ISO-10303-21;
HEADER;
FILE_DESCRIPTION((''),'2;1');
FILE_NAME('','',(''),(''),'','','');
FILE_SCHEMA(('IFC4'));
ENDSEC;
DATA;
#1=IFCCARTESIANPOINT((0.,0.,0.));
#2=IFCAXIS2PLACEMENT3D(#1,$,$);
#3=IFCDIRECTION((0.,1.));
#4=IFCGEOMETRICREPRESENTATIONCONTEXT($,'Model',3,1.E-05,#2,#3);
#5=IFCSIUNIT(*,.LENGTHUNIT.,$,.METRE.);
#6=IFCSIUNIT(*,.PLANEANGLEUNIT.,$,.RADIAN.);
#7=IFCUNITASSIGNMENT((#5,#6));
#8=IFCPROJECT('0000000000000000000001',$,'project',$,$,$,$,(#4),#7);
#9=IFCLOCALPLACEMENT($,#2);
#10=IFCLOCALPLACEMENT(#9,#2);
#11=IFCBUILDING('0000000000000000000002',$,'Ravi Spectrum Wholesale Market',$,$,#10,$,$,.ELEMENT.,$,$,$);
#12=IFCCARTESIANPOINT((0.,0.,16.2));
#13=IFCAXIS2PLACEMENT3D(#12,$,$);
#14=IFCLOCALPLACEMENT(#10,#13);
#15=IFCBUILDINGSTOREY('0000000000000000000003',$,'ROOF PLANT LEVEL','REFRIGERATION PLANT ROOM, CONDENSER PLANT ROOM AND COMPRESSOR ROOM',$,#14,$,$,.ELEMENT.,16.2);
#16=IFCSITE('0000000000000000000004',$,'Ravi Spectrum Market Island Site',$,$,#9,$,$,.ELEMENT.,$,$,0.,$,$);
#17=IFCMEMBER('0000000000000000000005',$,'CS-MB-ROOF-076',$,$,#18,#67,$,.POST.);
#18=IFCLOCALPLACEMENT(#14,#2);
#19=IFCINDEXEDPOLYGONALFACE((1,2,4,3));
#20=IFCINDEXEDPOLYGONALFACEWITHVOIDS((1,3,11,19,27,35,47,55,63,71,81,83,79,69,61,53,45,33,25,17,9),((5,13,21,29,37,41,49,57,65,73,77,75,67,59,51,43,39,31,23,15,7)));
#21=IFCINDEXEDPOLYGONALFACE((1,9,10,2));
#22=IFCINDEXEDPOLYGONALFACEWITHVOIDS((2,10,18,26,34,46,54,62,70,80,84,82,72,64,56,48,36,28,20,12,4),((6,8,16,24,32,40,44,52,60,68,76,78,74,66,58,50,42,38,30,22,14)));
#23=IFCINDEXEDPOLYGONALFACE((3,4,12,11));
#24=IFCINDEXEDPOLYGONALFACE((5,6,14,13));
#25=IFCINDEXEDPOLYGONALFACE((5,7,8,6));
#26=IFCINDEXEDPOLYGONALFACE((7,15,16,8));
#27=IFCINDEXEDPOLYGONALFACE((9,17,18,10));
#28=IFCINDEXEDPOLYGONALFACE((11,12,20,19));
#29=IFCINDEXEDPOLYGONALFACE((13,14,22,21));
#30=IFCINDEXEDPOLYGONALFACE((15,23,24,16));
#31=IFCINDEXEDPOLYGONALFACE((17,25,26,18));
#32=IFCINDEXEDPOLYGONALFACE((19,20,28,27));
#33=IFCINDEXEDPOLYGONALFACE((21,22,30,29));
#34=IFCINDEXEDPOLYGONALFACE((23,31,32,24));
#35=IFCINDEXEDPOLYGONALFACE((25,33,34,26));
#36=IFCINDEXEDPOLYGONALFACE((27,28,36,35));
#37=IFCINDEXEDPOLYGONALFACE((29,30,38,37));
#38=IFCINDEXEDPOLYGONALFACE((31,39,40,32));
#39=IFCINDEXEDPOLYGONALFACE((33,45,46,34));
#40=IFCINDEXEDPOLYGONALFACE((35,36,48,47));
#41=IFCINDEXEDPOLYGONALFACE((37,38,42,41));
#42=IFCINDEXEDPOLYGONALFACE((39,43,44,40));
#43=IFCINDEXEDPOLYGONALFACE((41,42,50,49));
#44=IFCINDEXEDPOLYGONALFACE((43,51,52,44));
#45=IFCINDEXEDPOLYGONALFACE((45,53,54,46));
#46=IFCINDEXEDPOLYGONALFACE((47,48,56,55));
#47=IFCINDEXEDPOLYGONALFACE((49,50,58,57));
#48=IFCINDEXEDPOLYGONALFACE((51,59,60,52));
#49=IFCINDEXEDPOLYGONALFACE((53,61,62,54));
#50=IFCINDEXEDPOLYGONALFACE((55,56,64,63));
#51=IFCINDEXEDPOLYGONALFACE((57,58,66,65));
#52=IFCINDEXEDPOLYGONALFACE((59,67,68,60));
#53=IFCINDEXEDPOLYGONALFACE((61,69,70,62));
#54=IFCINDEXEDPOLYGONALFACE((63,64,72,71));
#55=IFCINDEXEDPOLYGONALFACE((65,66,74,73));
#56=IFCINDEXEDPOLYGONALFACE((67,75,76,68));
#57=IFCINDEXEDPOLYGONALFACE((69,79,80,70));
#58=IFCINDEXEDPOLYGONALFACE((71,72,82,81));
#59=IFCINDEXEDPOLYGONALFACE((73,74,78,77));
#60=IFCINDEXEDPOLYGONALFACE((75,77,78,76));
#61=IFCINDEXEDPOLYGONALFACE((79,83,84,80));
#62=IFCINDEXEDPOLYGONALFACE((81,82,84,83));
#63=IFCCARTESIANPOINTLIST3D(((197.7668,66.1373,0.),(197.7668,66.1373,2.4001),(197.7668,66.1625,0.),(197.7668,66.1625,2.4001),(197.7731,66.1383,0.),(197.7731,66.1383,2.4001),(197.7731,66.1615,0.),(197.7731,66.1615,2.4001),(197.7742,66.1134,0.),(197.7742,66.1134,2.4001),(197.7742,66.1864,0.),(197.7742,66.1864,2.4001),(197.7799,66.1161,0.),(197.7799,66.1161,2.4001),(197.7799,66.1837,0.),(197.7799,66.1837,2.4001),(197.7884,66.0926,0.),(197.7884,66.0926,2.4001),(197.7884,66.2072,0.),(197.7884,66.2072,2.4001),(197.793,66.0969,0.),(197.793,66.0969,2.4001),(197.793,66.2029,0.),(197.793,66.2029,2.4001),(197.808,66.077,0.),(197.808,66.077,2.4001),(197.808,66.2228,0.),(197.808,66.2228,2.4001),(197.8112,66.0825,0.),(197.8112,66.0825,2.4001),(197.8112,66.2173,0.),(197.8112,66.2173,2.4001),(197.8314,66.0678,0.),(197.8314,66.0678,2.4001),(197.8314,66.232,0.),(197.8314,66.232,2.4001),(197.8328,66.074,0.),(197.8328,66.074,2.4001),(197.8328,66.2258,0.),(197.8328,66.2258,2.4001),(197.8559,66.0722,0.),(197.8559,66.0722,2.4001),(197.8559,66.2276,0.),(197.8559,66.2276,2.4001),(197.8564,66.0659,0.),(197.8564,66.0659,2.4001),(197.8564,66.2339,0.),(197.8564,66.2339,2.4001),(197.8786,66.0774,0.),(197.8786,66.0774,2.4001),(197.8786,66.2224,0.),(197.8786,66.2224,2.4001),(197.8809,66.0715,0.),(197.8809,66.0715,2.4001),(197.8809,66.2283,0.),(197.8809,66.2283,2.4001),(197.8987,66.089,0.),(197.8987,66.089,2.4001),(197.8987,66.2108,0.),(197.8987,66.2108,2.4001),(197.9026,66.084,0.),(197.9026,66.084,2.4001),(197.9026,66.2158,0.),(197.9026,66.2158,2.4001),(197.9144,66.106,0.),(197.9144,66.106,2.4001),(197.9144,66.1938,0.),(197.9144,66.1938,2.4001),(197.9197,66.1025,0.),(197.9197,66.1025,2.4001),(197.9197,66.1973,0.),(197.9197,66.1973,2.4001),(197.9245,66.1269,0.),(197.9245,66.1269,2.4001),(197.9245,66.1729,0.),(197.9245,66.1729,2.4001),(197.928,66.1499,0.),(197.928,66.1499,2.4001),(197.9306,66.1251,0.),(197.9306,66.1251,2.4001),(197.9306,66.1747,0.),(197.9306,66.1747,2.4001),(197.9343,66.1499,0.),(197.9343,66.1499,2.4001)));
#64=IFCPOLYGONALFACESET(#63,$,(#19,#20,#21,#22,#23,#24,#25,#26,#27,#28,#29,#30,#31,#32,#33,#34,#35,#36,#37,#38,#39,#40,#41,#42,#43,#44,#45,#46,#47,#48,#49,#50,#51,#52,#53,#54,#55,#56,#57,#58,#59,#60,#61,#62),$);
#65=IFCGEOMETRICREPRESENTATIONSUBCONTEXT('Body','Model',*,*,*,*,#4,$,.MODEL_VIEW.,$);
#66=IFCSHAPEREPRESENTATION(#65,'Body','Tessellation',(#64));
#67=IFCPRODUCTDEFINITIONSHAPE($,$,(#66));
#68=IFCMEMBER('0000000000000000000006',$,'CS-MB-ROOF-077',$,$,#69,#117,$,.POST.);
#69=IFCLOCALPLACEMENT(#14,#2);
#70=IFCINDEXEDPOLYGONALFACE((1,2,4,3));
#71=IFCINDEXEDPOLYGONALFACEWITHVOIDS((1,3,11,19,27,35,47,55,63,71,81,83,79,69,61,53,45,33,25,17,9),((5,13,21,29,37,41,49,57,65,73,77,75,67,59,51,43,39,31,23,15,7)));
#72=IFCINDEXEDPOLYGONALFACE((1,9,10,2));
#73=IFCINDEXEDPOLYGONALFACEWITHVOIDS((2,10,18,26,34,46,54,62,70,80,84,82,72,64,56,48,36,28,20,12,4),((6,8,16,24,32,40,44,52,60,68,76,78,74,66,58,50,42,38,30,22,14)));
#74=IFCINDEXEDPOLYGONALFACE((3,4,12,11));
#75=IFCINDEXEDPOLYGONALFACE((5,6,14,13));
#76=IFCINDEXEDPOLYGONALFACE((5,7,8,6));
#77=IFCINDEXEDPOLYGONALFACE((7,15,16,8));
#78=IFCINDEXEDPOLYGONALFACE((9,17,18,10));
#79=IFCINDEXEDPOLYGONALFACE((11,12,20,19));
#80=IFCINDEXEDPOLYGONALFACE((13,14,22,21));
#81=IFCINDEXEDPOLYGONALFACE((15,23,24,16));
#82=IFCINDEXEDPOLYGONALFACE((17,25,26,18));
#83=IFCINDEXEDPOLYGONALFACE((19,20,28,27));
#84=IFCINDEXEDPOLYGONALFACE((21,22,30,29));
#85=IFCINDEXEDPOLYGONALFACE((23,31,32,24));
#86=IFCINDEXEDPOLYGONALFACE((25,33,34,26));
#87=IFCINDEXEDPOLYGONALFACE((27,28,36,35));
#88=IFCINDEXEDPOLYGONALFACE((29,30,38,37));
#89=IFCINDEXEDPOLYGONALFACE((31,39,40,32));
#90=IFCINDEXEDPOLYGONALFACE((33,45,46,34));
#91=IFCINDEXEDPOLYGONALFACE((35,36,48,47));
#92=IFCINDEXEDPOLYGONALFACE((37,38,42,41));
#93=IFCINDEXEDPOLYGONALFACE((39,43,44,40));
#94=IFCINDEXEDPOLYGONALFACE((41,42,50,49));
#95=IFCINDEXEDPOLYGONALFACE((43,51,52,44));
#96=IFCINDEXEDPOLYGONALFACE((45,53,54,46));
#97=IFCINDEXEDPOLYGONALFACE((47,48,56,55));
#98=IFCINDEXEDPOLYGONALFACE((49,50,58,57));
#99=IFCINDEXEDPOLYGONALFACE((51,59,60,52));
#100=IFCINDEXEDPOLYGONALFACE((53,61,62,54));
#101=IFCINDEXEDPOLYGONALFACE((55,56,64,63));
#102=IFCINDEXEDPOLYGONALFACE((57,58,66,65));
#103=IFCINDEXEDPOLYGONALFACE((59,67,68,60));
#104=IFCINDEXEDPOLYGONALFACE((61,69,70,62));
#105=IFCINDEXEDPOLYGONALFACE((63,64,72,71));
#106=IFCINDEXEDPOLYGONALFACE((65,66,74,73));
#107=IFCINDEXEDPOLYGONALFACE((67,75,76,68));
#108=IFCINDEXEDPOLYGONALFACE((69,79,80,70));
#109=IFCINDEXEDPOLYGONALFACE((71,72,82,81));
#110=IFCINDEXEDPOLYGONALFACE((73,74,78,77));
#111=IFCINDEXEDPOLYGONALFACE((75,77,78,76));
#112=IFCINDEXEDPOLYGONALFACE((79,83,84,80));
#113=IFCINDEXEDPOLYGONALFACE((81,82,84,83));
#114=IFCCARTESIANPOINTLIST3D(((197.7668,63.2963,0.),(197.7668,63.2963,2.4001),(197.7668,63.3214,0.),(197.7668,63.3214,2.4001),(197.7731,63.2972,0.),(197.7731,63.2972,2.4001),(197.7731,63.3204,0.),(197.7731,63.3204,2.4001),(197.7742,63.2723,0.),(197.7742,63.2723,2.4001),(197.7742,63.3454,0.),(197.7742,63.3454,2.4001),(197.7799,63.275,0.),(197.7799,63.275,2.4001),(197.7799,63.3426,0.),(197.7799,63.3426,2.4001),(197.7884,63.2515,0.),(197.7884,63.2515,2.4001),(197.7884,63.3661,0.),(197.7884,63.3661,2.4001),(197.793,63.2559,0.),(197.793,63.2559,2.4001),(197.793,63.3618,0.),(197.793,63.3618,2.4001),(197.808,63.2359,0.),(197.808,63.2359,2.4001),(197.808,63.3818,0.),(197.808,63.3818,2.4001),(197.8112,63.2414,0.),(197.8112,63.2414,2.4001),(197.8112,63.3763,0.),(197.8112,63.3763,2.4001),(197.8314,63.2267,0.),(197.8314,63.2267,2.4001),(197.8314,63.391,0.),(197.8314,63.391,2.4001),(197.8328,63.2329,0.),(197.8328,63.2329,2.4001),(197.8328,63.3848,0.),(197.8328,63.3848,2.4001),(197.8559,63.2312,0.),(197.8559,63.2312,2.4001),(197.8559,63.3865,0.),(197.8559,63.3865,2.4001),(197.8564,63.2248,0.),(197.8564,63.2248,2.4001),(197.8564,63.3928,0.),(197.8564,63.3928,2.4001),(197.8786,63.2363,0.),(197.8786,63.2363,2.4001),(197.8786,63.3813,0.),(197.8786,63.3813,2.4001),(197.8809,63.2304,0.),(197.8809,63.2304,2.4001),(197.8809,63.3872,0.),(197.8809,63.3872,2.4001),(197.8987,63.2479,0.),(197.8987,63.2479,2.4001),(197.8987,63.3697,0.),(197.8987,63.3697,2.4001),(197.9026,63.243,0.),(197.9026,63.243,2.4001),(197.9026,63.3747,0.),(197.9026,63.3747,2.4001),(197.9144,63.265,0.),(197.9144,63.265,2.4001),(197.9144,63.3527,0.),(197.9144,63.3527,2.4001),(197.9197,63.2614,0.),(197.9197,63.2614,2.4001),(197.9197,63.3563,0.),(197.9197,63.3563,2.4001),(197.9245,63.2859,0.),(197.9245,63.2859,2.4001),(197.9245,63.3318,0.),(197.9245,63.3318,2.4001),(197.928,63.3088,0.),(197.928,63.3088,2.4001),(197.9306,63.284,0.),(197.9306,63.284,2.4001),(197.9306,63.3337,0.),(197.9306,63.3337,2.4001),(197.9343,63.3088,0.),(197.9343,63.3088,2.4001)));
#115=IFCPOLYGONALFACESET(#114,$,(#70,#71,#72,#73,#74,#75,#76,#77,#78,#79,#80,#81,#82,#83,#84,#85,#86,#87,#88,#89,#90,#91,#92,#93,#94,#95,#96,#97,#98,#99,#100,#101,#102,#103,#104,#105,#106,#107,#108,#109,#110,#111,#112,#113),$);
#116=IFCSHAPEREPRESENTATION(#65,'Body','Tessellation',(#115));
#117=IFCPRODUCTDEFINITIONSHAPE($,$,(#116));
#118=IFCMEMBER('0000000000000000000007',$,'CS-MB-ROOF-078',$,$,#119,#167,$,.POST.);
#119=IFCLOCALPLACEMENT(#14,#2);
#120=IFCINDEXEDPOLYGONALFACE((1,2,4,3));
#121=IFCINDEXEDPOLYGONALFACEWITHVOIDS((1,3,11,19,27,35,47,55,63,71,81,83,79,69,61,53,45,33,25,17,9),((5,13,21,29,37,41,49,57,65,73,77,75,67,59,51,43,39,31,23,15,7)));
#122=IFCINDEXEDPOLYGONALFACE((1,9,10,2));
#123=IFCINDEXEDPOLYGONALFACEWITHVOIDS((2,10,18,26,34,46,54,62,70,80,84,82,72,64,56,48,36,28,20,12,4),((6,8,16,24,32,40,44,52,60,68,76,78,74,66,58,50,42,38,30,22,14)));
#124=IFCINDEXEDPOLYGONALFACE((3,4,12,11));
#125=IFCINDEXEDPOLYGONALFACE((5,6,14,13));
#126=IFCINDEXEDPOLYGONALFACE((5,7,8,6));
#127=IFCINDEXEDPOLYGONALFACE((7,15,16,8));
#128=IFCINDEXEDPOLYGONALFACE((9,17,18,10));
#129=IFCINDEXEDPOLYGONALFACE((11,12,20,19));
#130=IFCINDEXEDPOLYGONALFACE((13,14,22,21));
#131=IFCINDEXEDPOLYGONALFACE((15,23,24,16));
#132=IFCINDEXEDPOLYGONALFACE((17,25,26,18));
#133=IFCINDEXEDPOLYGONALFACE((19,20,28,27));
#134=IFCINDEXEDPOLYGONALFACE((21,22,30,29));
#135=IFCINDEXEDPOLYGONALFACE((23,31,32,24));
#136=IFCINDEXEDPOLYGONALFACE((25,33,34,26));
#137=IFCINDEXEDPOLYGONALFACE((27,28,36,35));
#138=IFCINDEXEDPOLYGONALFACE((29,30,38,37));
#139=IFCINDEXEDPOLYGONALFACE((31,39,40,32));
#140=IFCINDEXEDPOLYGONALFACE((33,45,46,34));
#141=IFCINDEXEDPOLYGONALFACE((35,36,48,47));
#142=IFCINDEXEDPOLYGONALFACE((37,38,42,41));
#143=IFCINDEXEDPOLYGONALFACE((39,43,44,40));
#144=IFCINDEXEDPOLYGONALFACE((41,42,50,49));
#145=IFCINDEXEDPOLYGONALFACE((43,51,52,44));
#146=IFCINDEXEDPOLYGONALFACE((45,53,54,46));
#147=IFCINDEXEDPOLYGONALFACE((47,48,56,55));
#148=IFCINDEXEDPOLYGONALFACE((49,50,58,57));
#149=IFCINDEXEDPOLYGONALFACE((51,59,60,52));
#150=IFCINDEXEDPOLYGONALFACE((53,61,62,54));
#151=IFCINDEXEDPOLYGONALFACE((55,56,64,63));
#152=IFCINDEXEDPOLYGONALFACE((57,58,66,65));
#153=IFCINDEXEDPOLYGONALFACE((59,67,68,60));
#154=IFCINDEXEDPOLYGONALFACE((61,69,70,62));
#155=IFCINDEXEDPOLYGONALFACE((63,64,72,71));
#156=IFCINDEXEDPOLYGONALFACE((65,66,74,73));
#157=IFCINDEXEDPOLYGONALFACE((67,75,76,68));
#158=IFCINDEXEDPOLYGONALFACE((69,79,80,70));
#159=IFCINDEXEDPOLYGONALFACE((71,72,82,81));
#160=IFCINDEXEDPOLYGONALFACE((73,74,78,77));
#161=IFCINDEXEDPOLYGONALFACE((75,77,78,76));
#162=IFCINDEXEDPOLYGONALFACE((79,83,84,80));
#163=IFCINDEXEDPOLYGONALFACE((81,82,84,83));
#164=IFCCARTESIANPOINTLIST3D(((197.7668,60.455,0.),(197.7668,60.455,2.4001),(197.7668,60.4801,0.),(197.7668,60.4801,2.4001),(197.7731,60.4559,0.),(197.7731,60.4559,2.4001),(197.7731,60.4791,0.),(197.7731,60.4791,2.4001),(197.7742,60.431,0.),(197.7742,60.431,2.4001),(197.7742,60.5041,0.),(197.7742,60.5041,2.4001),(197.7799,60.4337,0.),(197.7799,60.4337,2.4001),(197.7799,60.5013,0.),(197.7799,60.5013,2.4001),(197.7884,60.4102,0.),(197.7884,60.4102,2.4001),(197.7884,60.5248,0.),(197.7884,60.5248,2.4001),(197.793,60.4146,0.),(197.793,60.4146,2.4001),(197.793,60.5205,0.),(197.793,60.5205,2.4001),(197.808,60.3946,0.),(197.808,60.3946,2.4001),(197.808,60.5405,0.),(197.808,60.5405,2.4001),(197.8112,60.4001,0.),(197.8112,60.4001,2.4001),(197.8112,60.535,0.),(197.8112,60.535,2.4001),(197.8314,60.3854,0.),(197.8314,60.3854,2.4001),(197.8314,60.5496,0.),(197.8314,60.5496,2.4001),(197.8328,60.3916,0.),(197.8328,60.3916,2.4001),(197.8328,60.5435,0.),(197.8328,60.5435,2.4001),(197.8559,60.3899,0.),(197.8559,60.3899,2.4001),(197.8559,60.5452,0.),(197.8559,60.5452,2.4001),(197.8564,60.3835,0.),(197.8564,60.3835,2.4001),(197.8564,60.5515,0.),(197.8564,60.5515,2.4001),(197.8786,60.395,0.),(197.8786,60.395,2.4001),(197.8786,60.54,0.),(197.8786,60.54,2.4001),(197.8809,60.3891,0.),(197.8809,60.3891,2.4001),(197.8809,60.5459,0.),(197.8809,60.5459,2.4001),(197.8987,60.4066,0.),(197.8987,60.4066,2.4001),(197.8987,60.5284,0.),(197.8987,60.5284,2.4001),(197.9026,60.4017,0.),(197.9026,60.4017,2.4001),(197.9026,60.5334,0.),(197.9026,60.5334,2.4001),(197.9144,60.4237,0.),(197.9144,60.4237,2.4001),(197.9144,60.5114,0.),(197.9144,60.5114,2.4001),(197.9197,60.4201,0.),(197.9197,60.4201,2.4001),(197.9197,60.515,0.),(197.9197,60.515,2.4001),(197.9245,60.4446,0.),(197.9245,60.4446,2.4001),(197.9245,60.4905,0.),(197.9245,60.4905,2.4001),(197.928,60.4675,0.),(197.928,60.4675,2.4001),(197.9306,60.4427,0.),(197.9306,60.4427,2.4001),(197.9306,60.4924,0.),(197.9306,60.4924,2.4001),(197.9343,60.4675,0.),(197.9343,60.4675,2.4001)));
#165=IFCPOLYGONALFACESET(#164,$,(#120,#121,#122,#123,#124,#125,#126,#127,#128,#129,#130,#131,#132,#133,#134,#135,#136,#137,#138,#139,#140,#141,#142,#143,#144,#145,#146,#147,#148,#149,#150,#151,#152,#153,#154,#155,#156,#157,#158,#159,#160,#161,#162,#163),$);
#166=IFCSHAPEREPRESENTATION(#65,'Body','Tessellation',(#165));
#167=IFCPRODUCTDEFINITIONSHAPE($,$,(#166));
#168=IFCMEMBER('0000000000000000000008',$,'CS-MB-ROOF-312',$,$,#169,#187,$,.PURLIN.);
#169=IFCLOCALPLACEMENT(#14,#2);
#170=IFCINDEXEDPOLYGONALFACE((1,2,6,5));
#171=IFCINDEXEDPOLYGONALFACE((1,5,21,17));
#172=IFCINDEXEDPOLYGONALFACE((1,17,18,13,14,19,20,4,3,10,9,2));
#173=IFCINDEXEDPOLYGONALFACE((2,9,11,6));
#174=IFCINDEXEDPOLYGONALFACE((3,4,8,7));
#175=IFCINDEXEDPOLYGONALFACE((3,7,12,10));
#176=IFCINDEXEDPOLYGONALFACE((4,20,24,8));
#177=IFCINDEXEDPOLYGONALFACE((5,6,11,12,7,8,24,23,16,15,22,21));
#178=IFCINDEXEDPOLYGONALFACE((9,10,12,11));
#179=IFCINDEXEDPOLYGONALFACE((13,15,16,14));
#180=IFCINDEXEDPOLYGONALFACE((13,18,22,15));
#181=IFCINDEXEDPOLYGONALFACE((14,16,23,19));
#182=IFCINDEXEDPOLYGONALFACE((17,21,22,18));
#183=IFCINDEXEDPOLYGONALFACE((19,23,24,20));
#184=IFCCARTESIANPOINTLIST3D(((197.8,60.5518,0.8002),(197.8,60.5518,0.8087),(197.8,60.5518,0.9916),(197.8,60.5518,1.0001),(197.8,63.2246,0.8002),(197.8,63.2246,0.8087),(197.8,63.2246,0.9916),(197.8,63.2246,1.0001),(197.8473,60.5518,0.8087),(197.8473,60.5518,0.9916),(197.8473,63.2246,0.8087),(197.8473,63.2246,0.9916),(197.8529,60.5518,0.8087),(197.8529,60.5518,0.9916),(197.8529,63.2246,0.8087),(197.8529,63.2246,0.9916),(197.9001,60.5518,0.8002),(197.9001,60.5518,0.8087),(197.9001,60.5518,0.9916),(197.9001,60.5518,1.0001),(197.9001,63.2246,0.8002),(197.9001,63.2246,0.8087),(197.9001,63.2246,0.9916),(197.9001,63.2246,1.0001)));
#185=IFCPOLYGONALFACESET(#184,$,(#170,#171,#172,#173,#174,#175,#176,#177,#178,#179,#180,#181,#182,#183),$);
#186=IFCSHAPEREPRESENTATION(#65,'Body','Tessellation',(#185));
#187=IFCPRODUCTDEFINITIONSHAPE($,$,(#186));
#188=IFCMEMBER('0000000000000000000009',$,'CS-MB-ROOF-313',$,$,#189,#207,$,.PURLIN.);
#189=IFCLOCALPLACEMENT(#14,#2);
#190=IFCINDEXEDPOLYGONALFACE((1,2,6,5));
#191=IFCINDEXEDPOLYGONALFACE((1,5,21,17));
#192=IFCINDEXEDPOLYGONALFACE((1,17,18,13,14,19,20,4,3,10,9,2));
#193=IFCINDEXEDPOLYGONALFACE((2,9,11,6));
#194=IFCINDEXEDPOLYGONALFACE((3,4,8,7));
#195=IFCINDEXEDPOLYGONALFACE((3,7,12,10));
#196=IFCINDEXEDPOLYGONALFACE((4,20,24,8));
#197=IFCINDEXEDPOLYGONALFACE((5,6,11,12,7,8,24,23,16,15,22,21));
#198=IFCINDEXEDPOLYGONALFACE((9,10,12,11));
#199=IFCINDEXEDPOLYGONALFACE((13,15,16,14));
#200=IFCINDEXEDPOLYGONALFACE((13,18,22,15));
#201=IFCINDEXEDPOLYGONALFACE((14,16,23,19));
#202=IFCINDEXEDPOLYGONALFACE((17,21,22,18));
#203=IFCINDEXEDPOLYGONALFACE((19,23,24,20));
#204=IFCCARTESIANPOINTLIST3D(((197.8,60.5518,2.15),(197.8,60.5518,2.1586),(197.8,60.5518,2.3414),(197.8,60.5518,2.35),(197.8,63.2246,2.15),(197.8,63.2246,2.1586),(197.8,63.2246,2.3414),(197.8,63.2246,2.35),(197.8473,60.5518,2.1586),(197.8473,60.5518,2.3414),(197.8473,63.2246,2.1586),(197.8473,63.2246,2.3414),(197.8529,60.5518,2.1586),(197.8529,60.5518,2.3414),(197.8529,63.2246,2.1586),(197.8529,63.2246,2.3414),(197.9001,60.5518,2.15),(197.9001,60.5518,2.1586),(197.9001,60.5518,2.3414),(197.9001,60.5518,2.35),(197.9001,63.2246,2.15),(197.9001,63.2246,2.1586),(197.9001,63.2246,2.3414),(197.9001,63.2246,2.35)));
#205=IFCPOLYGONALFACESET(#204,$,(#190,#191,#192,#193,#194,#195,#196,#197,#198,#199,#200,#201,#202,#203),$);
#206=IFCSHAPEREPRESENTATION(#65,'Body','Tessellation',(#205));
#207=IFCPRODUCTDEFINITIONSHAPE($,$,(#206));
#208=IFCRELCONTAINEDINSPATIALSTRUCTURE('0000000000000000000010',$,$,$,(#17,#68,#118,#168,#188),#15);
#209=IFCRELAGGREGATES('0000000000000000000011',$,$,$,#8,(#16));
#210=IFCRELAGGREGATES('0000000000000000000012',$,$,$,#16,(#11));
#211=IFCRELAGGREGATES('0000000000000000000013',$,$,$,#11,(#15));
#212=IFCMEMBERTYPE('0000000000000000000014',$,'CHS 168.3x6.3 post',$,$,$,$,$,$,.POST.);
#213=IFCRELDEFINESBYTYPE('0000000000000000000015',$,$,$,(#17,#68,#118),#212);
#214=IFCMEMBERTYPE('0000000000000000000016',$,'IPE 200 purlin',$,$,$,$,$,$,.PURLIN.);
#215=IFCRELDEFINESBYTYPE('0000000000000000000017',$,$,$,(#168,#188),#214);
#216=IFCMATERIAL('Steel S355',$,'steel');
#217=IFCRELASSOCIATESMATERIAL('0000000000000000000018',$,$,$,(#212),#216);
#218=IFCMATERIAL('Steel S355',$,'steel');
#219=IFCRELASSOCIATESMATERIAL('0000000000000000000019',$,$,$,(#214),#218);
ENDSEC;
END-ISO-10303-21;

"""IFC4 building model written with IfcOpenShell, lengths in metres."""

from ifc_helpers import new_model, si_unit, direction, frame, origin, origin_2d, place, context, subcontext, project, spatial, hollow_circle, i_section, extrude, material, material_profile, profile_set, type_object, element, save


model = new_model("IFC4")

# Units and contexts
model_context = context("Model", 3, precision=1e-05, world=origin(), true_north=direction((0.0, 1.0)))
body_context = subcontext(model_context, "Body", "Model", "MODEL_VIEW")
ifc_project = project(units=[si_unit("LENGTHUNIT", "METRE"), si_unit("PLANEANGLEUNIT", "RADIAN")], contexts=[model_context])

# Site, building, storey
site_placement = place(None, origin())
site = spatial("IfcSite", under=ifc_project, at=site_placement, Name="Ravi Spectrum Market Island Site", CompositionType="ELEMENT", RefElevation=0.0)
building_placement = place(site_placement, origin())
building = spatial("IfcBuilding", under=site, at=building_placement, Name="Ravi Spectrum Wholesale Market", CompositionType="ELEMENT")
storey_placement = place(building_placement, frame((0.0, 0.0, 16.2)))
storey = spatial("IfcBuildingStorey", under=building, at=storey_placement, Name="ROOF PLANT LEVEL", Description="REFRIGERATION PLANT ROOM, CONDENSER PLANT ROOM AND COMPRESSOR ROOM", CompositionType="ELEMENT", Elevation=16.2)

# Members
ifc_material_1 = material(Name="Steel S355", Category="steel")
ifc_material_profile_1 = material_profile(ifc_material_1, hollow_circle(Radius=0.0842, WallThickness=0.0063, at=origin_2d()))
ifc_profile_set_1 = profile_set([ifc_material_profile_1], Name="Steel S355")
member_type_1 = type_object("IfcMemberType", Name="CHS 168.3x6.3 post", PredefinedType="POST", material=ifc_profile_set_1)
for number, where, z_axis, x_axis, name in (
    (1, (197.8501, 66.1499, 0.0), (0.0, 0.0, 1.0), (1.0, 0.0, 0.0), "CS-MB-ROOF-076"),
    (2, (197.8501, 63.3088, 0.0), (0.0, 0.0, 1.0), (1.0, 0.0, 0.0), "CS-MB-ROOF-077"),
    (3, (197.8501, 60.4675, 0.0), (0.0, 0.0, 1.0), (1.0, 0.0, 0.0), "CS-MB-ROOF-078"),
):
    element("IfcMember", number, at=place(storey_placement, frame(where, z_axis=z_axis, x_axis=x_axis)), inside=storey, type_object=member_type_1, Name=name, PredefinedType="POST", context=body_context, shape_type="SweptSolid", body=[
        extrude(hollow_circle(Radius=0.0842, WallThickness=0.0063, at=origin_2d()), origin(), (0.0, 0.0, 1.0), 2.4001),
    ])
ifc_material_2 = material(Name="Steel S355", Category="steel")
ifc_material_profile_2 = material_profile(ifc_material_2, i_section(OverallWidth=0.1001, OverallDepth=0.2, WebThickness=0.0056, FlangeThickness=0.0085, at=origin_2d()))
ifc_profile_set_2 = profile_set([ifc_material_profile_2], Name="Steel S355")
member_type_2 = type_object("IfcMemberType", Name="IPE 200 purlin", PredefinedType="PURLIN", material=ifc_profile_set_2)
for number, where, z_axis, x_axis, name in (
    (4, (197.8501, 63.2246, 0.9001), (0.0, -1.0, 0.0), (1.0, 0.0, 0.0), "CS-MB-ROOF-312"),
    (5, (197.8501, 63.2246, 2.25), (0.0, -1.0, 0.0), (1.0, 0.0, 0.0), "CS-MB-ROOF-313"),
):
    element("IfcMember", number, at=place(storey_placement, frame(where, z_axis=z_axis, x_axis=x_axis)), inside=storey, type_object=member_type_2, Name=name, PredefinedType="PURLIN", context=body_context, shape_type="SweptSolid", body=[
        extrude(i_section(OverallWidth=0.1001, OverallDepth=0.2, WebThickness=0.0056, FlangeThickness=0.0085, at=origin_2d()), origin(), (0.0, 0.0, 1.0), 2.6729),
    ])

save(model, "model.ifc")
